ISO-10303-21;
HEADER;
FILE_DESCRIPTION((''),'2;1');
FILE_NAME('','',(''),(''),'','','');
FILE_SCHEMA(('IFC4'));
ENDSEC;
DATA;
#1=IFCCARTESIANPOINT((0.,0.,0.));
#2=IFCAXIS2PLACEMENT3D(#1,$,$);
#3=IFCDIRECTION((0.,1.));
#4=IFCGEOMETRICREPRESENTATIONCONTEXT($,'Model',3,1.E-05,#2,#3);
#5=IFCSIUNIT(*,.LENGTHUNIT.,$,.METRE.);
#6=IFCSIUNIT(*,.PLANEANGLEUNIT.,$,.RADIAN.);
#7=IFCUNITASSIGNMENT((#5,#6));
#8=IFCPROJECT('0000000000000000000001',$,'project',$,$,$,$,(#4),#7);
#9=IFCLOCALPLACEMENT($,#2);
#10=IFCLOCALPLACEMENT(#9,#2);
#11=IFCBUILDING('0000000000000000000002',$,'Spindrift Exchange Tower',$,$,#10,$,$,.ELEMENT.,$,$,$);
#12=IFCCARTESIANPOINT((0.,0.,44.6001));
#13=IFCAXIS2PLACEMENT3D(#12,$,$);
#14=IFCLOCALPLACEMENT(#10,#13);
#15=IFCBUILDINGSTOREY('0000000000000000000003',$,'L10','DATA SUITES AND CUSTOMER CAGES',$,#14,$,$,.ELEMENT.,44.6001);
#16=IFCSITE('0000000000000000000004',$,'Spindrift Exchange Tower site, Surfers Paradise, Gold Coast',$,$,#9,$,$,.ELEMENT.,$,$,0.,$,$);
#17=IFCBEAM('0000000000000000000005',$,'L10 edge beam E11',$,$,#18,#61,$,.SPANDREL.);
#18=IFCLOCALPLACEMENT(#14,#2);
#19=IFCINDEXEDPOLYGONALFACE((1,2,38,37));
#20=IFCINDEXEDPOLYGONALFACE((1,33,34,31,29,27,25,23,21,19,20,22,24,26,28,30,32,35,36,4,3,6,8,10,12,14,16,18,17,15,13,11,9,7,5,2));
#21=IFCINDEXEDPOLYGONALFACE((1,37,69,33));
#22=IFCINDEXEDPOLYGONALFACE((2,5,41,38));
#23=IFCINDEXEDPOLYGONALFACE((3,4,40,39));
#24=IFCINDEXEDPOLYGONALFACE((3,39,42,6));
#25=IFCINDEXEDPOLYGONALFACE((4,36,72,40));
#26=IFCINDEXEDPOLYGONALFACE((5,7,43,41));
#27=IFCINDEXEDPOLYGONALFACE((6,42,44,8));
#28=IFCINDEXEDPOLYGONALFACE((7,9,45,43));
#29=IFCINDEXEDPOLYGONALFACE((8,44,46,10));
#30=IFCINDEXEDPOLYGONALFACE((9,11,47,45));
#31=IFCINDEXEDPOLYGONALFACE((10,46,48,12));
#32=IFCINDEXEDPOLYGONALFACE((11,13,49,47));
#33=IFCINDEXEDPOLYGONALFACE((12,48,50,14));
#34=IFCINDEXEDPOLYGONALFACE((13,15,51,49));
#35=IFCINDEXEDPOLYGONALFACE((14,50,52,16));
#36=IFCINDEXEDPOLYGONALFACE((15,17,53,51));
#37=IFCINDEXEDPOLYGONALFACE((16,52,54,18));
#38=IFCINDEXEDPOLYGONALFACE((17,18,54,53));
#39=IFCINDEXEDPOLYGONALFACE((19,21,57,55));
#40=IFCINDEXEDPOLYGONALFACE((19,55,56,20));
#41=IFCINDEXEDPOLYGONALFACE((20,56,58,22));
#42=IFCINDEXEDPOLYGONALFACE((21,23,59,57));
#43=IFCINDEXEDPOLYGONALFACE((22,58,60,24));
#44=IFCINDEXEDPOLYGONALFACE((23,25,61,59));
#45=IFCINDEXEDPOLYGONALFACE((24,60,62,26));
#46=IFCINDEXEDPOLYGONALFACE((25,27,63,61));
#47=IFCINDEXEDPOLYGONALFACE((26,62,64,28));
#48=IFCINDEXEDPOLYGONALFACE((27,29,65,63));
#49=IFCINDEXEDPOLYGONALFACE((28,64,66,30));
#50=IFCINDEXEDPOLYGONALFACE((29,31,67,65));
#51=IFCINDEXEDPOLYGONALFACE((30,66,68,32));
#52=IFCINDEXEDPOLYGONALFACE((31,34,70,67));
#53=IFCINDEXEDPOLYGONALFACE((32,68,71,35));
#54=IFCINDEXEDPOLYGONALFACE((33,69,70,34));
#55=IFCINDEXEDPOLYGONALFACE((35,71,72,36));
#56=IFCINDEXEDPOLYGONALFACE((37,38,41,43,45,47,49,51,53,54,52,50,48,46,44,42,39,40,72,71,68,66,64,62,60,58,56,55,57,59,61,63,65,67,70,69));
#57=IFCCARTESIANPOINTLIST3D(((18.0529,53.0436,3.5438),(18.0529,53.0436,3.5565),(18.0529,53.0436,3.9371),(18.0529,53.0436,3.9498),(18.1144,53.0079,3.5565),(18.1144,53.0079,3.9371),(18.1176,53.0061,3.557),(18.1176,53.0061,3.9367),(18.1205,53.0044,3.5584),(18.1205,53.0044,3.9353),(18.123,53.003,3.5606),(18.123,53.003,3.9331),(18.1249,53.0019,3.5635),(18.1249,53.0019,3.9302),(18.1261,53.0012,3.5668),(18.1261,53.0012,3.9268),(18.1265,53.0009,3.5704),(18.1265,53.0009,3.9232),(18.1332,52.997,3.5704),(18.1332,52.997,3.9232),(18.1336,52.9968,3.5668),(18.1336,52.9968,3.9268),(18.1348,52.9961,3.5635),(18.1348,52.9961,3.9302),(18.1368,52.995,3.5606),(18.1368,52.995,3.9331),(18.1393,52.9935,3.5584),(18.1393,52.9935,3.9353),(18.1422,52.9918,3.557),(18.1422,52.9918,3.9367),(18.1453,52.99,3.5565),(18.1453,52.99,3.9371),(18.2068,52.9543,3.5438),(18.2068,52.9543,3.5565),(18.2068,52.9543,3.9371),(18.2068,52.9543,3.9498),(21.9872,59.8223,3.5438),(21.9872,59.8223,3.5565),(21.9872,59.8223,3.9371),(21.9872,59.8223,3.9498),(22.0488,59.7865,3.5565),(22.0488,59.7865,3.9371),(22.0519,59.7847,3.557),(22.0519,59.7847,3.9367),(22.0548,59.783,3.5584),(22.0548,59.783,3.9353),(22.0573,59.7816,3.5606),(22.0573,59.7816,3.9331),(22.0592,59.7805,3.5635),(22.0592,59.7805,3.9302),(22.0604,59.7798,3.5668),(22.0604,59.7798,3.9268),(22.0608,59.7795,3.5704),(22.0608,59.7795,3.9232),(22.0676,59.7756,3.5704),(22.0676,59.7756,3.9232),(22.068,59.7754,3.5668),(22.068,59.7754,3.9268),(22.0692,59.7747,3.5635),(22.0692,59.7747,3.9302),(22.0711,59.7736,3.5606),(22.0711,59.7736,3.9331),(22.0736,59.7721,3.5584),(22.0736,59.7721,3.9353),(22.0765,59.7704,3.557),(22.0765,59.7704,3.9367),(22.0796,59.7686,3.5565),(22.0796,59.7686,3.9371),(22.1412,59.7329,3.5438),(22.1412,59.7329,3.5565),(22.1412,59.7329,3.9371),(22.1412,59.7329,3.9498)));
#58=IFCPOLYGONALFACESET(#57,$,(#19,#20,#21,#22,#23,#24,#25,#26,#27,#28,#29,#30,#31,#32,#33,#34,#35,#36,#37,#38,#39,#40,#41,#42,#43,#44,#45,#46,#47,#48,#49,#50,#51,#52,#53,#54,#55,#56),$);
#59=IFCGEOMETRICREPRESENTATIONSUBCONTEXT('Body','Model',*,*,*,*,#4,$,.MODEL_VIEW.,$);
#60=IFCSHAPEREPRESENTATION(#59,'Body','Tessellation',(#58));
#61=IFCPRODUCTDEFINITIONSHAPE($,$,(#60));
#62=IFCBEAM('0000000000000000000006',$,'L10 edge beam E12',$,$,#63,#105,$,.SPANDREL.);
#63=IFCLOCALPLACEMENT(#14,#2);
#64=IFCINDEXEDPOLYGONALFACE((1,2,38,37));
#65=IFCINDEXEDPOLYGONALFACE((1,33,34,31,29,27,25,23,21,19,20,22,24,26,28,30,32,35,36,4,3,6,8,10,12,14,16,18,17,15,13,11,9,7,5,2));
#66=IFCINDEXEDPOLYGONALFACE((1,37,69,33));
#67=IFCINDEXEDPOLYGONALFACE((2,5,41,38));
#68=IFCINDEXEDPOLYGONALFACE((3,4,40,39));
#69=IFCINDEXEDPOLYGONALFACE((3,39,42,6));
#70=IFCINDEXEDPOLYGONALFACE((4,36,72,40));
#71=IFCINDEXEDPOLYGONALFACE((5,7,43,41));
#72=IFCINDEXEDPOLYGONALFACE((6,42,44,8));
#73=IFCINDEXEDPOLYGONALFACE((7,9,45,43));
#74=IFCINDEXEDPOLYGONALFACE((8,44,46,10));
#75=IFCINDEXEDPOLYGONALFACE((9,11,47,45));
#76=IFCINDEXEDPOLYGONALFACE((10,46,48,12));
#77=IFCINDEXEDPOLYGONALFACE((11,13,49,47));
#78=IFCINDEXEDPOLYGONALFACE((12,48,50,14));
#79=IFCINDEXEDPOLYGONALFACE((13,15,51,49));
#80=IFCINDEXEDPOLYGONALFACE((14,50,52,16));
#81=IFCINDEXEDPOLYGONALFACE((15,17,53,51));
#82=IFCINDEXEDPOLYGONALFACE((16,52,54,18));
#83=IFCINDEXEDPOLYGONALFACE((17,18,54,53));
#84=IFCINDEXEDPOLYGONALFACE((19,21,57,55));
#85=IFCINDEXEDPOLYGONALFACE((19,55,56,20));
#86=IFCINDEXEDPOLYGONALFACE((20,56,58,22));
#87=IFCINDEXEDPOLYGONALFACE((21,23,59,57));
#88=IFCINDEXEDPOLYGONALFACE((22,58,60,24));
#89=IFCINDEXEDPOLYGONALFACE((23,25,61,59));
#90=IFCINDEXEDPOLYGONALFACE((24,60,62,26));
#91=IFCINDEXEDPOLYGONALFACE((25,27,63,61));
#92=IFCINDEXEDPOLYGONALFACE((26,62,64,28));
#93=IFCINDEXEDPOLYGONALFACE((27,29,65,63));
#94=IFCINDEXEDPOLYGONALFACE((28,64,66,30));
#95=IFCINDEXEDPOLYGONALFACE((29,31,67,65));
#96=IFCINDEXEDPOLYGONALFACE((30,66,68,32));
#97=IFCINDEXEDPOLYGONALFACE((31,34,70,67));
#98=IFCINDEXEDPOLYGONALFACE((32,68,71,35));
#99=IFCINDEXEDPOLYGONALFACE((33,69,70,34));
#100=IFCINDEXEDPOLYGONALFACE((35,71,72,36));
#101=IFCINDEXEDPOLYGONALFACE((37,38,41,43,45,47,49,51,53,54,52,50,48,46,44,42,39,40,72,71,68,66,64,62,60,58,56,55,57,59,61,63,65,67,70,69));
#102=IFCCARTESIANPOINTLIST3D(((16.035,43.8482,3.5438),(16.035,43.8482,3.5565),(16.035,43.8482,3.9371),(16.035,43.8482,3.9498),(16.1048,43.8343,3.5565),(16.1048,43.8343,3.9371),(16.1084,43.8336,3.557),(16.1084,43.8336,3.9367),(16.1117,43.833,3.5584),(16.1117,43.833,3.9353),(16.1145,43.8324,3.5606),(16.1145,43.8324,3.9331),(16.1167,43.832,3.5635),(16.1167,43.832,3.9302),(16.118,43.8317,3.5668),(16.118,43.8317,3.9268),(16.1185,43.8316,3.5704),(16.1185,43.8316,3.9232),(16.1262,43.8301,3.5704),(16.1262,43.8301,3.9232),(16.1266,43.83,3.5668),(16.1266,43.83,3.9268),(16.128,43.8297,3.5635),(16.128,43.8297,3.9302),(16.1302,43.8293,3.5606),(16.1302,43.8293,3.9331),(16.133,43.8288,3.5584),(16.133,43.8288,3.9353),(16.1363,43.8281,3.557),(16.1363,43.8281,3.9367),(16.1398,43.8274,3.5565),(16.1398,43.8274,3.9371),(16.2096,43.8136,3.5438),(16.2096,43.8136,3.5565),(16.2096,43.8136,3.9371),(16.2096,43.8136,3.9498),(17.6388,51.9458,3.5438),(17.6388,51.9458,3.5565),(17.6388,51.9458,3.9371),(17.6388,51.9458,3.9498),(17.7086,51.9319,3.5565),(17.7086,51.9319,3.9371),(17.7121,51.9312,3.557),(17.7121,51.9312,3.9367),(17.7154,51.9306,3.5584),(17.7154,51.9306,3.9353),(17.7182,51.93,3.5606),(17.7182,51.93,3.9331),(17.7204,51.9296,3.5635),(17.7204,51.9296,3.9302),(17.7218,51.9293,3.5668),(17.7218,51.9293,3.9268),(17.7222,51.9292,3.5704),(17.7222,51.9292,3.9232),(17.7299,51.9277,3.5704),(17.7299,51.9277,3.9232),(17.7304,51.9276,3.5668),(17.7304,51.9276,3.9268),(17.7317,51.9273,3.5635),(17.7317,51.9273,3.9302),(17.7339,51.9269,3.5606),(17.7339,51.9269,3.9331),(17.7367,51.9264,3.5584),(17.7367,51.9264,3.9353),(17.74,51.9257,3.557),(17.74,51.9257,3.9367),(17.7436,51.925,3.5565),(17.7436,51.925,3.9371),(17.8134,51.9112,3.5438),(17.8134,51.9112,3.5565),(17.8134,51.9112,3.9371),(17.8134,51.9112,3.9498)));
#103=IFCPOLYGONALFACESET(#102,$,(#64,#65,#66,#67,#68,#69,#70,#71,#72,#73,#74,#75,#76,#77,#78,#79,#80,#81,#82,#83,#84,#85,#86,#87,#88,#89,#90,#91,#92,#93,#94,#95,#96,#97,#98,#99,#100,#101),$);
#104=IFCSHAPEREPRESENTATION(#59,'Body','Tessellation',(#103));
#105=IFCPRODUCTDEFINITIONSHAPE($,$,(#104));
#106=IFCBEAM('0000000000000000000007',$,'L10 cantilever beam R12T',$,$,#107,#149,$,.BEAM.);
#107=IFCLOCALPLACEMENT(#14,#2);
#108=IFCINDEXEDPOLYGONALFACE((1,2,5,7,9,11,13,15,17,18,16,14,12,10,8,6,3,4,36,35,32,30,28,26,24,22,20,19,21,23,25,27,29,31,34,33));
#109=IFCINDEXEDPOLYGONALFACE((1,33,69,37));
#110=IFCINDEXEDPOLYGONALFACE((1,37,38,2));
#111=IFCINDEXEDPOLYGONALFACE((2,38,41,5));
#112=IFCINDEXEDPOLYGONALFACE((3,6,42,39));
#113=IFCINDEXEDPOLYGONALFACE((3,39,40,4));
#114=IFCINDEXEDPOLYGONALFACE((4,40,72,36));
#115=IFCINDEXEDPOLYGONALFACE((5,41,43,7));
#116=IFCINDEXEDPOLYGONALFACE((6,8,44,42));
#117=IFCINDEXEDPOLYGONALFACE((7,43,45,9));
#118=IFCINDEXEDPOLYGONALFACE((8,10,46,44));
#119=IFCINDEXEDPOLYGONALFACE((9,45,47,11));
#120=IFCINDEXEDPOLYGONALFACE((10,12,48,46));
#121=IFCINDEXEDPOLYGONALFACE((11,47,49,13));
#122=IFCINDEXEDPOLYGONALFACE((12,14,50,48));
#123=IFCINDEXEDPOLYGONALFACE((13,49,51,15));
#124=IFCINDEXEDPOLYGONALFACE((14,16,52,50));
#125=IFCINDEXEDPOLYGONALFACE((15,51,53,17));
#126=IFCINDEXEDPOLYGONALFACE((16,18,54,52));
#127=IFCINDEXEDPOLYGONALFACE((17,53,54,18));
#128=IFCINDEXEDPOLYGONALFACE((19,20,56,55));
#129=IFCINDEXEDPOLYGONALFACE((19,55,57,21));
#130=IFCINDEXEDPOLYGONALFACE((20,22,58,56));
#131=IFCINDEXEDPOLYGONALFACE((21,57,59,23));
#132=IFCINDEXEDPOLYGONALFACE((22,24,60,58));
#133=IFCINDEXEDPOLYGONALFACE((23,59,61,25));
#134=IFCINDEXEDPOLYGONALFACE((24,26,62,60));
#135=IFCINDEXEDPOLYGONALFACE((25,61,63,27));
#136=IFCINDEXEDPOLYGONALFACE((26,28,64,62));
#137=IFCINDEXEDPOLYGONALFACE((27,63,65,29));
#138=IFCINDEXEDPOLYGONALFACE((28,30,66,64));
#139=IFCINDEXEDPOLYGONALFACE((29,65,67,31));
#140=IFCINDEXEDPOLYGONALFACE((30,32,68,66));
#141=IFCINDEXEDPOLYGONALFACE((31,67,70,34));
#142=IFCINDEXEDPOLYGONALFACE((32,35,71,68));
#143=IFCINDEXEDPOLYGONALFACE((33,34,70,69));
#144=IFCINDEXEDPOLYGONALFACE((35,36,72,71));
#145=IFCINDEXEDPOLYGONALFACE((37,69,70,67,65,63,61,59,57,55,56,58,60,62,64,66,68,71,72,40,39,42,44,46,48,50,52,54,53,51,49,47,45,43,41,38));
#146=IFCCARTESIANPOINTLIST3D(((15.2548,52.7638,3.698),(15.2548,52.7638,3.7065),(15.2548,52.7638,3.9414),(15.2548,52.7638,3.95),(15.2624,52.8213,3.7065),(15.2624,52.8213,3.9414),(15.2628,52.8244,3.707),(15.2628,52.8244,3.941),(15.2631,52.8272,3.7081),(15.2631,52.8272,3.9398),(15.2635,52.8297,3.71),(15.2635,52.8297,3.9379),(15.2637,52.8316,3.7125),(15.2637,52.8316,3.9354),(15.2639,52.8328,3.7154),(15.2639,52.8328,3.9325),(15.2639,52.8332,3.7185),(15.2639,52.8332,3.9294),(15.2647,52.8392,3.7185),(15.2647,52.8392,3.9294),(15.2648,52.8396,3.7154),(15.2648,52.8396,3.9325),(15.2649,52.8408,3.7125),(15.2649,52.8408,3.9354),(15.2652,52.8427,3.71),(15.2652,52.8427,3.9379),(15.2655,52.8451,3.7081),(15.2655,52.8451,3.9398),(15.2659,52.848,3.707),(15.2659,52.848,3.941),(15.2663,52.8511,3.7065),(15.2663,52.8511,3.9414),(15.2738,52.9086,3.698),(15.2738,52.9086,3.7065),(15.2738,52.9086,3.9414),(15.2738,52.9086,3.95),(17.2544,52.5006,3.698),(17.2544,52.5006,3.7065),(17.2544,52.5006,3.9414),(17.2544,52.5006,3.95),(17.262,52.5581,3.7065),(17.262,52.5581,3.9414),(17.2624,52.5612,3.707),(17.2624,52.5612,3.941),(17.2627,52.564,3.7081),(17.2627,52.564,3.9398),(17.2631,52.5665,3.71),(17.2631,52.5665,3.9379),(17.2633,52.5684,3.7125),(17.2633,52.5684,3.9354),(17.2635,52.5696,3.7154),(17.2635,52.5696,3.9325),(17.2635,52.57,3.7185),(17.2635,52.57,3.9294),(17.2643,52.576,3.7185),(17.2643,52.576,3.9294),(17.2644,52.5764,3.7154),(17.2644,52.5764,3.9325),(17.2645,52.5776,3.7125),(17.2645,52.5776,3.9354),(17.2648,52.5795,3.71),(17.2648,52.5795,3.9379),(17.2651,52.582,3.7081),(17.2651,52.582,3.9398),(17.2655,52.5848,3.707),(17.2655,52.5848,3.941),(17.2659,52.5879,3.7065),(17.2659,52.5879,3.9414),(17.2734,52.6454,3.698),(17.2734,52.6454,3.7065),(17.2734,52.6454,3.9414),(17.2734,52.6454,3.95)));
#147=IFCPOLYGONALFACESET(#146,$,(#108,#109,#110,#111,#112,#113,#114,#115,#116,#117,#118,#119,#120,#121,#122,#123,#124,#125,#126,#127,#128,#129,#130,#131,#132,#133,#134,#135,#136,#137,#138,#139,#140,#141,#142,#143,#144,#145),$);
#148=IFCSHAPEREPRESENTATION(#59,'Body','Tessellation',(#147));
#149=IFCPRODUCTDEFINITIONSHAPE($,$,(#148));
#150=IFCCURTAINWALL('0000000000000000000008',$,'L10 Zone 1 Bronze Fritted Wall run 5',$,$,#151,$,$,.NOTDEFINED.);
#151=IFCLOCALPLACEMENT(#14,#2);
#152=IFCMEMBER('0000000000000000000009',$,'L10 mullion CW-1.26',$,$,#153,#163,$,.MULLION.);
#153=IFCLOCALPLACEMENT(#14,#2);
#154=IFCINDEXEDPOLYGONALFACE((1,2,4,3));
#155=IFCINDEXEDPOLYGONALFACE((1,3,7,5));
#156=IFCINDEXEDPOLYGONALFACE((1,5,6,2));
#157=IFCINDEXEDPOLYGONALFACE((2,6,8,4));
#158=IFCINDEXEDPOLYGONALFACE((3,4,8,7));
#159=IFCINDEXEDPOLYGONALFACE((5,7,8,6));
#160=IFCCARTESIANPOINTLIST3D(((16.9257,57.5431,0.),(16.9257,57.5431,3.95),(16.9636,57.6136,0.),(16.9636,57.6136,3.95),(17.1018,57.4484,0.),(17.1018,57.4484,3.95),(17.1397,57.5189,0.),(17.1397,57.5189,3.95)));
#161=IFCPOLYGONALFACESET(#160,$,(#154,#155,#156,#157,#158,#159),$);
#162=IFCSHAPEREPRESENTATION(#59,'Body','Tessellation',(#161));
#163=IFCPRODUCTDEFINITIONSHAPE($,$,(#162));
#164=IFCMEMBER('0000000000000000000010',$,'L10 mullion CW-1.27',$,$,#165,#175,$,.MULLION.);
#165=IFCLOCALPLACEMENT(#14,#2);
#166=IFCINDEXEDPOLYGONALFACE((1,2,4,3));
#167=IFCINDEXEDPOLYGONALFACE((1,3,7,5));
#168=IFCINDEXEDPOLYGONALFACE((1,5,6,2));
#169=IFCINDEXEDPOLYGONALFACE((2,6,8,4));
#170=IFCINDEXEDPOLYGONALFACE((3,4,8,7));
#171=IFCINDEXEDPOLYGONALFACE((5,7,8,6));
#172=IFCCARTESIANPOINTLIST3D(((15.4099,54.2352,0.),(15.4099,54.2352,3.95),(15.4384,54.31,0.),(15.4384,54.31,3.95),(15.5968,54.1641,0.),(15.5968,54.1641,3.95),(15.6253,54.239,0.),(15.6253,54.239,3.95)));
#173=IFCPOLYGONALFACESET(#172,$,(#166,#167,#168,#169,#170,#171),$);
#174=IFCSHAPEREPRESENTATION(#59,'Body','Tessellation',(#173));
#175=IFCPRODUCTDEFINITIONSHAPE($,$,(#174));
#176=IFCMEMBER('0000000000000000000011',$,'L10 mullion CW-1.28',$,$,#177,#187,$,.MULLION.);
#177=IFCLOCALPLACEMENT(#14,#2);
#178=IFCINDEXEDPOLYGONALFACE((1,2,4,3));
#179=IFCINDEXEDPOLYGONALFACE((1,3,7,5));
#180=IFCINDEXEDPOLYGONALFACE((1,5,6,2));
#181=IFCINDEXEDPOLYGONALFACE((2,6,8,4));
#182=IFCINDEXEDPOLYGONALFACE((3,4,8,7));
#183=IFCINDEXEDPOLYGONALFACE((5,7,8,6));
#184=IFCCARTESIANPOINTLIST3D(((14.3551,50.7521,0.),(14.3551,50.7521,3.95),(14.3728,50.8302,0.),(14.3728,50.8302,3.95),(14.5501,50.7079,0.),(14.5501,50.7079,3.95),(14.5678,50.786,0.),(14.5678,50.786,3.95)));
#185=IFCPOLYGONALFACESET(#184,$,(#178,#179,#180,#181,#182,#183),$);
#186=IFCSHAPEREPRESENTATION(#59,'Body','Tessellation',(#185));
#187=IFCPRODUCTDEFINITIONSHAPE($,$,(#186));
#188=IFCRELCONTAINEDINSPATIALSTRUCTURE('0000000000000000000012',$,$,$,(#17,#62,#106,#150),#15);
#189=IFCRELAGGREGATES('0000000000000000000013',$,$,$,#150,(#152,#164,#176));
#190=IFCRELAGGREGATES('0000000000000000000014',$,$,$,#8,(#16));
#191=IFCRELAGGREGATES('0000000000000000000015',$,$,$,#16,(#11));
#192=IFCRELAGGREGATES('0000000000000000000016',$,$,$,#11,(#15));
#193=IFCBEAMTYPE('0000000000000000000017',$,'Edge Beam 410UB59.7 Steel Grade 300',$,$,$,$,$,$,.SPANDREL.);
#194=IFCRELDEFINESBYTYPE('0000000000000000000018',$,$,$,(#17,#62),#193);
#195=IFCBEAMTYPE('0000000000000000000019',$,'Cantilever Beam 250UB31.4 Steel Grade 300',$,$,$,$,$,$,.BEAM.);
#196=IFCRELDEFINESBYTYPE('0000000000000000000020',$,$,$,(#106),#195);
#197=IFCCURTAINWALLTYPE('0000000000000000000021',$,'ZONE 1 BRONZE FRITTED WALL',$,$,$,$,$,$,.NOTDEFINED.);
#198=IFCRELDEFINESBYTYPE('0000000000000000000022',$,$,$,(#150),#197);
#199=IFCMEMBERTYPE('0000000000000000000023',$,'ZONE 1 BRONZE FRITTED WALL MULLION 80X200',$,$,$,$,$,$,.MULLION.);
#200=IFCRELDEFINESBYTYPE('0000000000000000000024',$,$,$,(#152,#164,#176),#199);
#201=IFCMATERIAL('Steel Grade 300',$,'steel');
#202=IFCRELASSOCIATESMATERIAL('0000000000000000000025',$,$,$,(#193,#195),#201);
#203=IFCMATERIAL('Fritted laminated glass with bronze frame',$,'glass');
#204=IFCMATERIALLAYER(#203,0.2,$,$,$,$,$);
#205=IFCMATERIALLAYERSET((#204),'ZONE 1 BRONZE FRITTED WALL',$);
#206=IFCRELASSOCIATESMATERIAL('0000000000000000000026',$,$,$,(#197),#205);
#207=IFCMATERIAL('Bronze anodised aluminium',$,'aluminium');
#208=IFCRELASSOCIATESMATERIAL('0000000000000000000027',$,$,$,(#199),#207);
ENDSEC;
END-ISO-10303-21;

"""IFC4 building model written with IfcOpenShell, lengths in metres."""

from ifc_helpers import new_model, si_unit, direction, frame, origin, origin_2d, place, context, subcontext, project, spatial, rectangle, i_section, extrude, source, transform, mapped, material, layer, layer_set, material_profile, profile_set, type_object, element, aggregate, save


model = new_model("IFC4")

# Units and contexts
model_context = context("Model", 3, precision=1e-05, world=origin(), true_north=direction((0.0, 1.0)))
body_context = subcontext(model_context, "Body", "Model", "MODEL_VIEW")
ifc_project = project(units=[si_unit("LENGTHUNIT", "METRE"), si_unit("PLANEANGLEUNIT", "RADIAN")], contexts=[model_context])

# Site, building, storey
site_placement = place(None, origin())
site = spatial("IfcSite", under=ifc_project, at=site_placement, Name="Spindrift Exchange Tower site, Surfers Paradise, Gold Coast", CompositionType="ELEMENT", RefElevation=0.0)
building_placement = place(site_placement, origin())
building = spatial("IfcBuilding", under=site, at=building_placement, Name="Spindrift Exchange Tower", CompositionType="ELEMENT")
storey_placement = place(building_placement, frame((0.0, 0.0, 44.6001)))
storey = spatial("IfcBuildingStorey", under=building, at=storey_placement, Name="L10", Description="DATA SUITES AND CUSTOMER CAGES", CompositionType="ELEMENT", Elevation=44.6001)

# Beams
ifc_material_1 = material(Name="Steel Grade 300", Category="steel")
ifc_material_profile_1 = material_profile(ifc_material_1, i_section(OverallWidth=0.178, OverallDepth=0.406, WebThickness=0.0078, FlangeThickness=0.0127, FilletRadius=0.0139, at=origin_2d()), Name="410UB59.7")
ifc_profile_set_1 = profile_set([ifc_material_profile_1], Name="Steel Grade 300")
beam_type_1 = type_object("IfcBeamType", Name="Edge Beam 410UB59.7 Steel Grade 300", PredefinedType="SPANDREL", material=ifc_profile_set_1)
shared_shape_1 = source(origin(), body_context, "Body", "SweptSolid", [
    extrude(i_section(OverallWidth=0.178, OverallDepth=0.406, WebThickness=0.0078, FlangeThickness=0.0127, FilletRadius=0.0139, at=origin_2d()), origin(), (0.0, 0.0, 1.0), 7.8376),
])
beam_1_placement = place(storey_placement, frame((22.0642, 59.7776, 3.7468), z_axis=(-0.501981, -0.864878, 0.0), x_axis=(0.864878, -0.501981, 0.0)))
element("IfcBeam", 1, at=beam_1_placement, inside=storey, type_object=beam_type_1, Name="L10 edge beam E11", PredefinedType="SPANDREL", context=body_context, shape_type="MappedRepresentation", body=[
    mapped(shared_shape_1, transform((0.0, 0.0, 0.0), scale=1.0)),
])
shared_shape_2 = source(origin(), body_context, "Body", "SweptSolid", [
    extrude(i_section(OverallWidth=0.178, OverallDepth=0.406, WebThickness=0.0078, FlangeThickness=0.0127, FilletRadius=0.0139, at=origin_2d()), origin(), (0.0, 0.0, 1.0), 8.2549),
])
beam_2_placement = place(storey_placement, frame((17.7261, 51.9285, 3.7468), z_axis=(-0.194279, -0.980946, 0.0), x_axis=(0.980946, -0.194279, 0.0)))
element("IfcBeam", 2, at=beam_2_placement, inside=storey, type_object=beam_type_1, Name="L10 edge beam E12", PredefinedType="SPANDREL", context=body_context, shape_type="MappedRepresentation", body=[
    mapped(shared_shape_2, transform((0.0, 0.0, 0.0), scale=1.0)),
])
ifc_material_profile_2 = material_profile(ifc_material_1, i_section(OverallWidth=0.146, OverallDepth=0.252, WebThickness=0.0061, FlangeThickness=0.0085, FilletRadius=0.012, at=origin_2d()), Name="250UB31.4")
ifc_profile_set_2 = profile_set([ifc_material_profile_2], Name="Steel Grade 300")
beam_type_2 = type_object("IfcBeamType", Name="Cantilever Beam 250UB31.4 Steel Grade 300", PredefinedType="BEAM", material=ifc_profile_set_2)
shared_shape_3 = source(origin(), body_context, "Body", "SweptSolid", [
    extrude(i_section(OverallWidth=0.146, OverallDepth=0.252, WebThickness=0.0061, FlangeThickness=0.0085, FilletRadius=0.012, at=origin_2d()), origin(), (0.0, 0.0, 1.0), 2.0168),
])
beam_3_placement = place(storey_placement, frame((17.2639, 52.573, 3.824), z_axis=(-0.991449, 0.130498, 0.0), x_axis=(-0.130498, -0.991449, 0.0)))
element("IfcBeam", 3, at=beam_3_placement, inside=storey, type_object=beam_type_2, Name="L10 cantilever beam R12T", PredefinedType="BEAM", context=body_context, shape_type="MappedRepresentation", body=[
    mapped(shared_shape_3, transform((0.0, 0.0, 0.0), scale=1.0)),
])

# Curtain wall, members
ifc_material_2 = material(Name="Fritted laminated glass with bronze frame", Category="glass")
ifc_layer_1 = layer(ifc_material_2, 0.2)
ifc_layer_set_1 = layer_set([ifc_layer_1], Name="ZONE 1 BRONZE FRITTED WALL")
curtain_wall_type = type_object("IfcCurtainWallType", Name="ZONE 1 BRONZE FRITTED WALL", PredefinedType="NOTDEFINED", material=ifc_layer_set_1)
curtain_wall_placement = place(storey_placement, origin())
curtain_wall = element("IfcCurtainWall", 4, at=curtain_wall_placement, inside=storey, type_object=curtain_wall_type, Name="L10 Zone 1 Bronze Fritted Wall run 5", PredefinedType="NOTDEFINED")
ifc_material_3 = material(Name="Bronze anodised aluminium", Category="aluminium")
ifc_material_profile_3 = material_profile(ifc_material_3, rectangle(XDim=0.0801, YDim=0.2, at=origin_2d()), Name="ZONE 1 BRONZE FRITTED WALL MULLION 80X200")
ifc_profile_set_3 = profile_set([ifc_material_profile_3], Name="Bronze anodised aluminium")
member_type_1 = type_object("IfcMemberType", Name="ZONE 1 BRONZE FRITTED WALL MULLION 80X200", PredefinedType="MULLION", material=ifc_profile_set_3)
shared_shape_4 = source(origin(), body_context, "Body", "SweptSolid", [
    extrude(rectangle(XDim=0.0801, YDim=0.2, at=origin_2d()), origin(), (0.0, 0.0, 1.0), 3.95),
])
member_1_placement = place(storey_placement, frame((17.0327, 57.531, 0.0), z_axis=(0.0, 0.0, 1.0), x_axis=(-0.473733, -0.880669, 0.0)))
member_1 = element("IfcMember", 5, at=member_1_placement, type_object=member_type_1, Name="L10 mullion CW-1.26", PredefinedType="MULLION", context=body_context, shape_type="MappedRepresentation", body=[
    mapped(shared_shape_4, transform((0.0, 0.0, 0.0), scale=1.0)),
])
member_2_placement = place(storey_placement, frame((15.5176, 54.2371, 0.0), z_axis=(0.0, 0.0, 1.0), x_axis=(-0.355433, -0.934702, 0.0)))
member_2 = element("IfcMember", 6, at=member_2_placement, type_object=member_type_1, Name="L10 mullion CW-1.27", PredefinedType="MULLION", context=body_context, shape_type="MappedRepresentation", body=[
    mapped(shared_shape_4, transform((0.0, 0.0, 0.0), scale=1.0)),
])
member_3_placement = place(storey_placement, frame((14.4614, 50.769, 0.0), z_axis=(0.0, 0.0, 1.0), x_axis=(-0.220776, -0.975325, 0.0)))
member_3 = element("IfcMember", 7, at=member_3_placement, type_object=member_type_1, Name="L10 mullion CW-1.28", PredefinedType="MULLION", context=body_context, shape_type="MappedRepresentation", body=[
    mapped(shared_shape_4, transform((0.0, 0.0, 0.0), scale=1.0)),
])
aggregate(curtain_wall, [member_1, member_2, member_3])

save(model, "model.ifc")
